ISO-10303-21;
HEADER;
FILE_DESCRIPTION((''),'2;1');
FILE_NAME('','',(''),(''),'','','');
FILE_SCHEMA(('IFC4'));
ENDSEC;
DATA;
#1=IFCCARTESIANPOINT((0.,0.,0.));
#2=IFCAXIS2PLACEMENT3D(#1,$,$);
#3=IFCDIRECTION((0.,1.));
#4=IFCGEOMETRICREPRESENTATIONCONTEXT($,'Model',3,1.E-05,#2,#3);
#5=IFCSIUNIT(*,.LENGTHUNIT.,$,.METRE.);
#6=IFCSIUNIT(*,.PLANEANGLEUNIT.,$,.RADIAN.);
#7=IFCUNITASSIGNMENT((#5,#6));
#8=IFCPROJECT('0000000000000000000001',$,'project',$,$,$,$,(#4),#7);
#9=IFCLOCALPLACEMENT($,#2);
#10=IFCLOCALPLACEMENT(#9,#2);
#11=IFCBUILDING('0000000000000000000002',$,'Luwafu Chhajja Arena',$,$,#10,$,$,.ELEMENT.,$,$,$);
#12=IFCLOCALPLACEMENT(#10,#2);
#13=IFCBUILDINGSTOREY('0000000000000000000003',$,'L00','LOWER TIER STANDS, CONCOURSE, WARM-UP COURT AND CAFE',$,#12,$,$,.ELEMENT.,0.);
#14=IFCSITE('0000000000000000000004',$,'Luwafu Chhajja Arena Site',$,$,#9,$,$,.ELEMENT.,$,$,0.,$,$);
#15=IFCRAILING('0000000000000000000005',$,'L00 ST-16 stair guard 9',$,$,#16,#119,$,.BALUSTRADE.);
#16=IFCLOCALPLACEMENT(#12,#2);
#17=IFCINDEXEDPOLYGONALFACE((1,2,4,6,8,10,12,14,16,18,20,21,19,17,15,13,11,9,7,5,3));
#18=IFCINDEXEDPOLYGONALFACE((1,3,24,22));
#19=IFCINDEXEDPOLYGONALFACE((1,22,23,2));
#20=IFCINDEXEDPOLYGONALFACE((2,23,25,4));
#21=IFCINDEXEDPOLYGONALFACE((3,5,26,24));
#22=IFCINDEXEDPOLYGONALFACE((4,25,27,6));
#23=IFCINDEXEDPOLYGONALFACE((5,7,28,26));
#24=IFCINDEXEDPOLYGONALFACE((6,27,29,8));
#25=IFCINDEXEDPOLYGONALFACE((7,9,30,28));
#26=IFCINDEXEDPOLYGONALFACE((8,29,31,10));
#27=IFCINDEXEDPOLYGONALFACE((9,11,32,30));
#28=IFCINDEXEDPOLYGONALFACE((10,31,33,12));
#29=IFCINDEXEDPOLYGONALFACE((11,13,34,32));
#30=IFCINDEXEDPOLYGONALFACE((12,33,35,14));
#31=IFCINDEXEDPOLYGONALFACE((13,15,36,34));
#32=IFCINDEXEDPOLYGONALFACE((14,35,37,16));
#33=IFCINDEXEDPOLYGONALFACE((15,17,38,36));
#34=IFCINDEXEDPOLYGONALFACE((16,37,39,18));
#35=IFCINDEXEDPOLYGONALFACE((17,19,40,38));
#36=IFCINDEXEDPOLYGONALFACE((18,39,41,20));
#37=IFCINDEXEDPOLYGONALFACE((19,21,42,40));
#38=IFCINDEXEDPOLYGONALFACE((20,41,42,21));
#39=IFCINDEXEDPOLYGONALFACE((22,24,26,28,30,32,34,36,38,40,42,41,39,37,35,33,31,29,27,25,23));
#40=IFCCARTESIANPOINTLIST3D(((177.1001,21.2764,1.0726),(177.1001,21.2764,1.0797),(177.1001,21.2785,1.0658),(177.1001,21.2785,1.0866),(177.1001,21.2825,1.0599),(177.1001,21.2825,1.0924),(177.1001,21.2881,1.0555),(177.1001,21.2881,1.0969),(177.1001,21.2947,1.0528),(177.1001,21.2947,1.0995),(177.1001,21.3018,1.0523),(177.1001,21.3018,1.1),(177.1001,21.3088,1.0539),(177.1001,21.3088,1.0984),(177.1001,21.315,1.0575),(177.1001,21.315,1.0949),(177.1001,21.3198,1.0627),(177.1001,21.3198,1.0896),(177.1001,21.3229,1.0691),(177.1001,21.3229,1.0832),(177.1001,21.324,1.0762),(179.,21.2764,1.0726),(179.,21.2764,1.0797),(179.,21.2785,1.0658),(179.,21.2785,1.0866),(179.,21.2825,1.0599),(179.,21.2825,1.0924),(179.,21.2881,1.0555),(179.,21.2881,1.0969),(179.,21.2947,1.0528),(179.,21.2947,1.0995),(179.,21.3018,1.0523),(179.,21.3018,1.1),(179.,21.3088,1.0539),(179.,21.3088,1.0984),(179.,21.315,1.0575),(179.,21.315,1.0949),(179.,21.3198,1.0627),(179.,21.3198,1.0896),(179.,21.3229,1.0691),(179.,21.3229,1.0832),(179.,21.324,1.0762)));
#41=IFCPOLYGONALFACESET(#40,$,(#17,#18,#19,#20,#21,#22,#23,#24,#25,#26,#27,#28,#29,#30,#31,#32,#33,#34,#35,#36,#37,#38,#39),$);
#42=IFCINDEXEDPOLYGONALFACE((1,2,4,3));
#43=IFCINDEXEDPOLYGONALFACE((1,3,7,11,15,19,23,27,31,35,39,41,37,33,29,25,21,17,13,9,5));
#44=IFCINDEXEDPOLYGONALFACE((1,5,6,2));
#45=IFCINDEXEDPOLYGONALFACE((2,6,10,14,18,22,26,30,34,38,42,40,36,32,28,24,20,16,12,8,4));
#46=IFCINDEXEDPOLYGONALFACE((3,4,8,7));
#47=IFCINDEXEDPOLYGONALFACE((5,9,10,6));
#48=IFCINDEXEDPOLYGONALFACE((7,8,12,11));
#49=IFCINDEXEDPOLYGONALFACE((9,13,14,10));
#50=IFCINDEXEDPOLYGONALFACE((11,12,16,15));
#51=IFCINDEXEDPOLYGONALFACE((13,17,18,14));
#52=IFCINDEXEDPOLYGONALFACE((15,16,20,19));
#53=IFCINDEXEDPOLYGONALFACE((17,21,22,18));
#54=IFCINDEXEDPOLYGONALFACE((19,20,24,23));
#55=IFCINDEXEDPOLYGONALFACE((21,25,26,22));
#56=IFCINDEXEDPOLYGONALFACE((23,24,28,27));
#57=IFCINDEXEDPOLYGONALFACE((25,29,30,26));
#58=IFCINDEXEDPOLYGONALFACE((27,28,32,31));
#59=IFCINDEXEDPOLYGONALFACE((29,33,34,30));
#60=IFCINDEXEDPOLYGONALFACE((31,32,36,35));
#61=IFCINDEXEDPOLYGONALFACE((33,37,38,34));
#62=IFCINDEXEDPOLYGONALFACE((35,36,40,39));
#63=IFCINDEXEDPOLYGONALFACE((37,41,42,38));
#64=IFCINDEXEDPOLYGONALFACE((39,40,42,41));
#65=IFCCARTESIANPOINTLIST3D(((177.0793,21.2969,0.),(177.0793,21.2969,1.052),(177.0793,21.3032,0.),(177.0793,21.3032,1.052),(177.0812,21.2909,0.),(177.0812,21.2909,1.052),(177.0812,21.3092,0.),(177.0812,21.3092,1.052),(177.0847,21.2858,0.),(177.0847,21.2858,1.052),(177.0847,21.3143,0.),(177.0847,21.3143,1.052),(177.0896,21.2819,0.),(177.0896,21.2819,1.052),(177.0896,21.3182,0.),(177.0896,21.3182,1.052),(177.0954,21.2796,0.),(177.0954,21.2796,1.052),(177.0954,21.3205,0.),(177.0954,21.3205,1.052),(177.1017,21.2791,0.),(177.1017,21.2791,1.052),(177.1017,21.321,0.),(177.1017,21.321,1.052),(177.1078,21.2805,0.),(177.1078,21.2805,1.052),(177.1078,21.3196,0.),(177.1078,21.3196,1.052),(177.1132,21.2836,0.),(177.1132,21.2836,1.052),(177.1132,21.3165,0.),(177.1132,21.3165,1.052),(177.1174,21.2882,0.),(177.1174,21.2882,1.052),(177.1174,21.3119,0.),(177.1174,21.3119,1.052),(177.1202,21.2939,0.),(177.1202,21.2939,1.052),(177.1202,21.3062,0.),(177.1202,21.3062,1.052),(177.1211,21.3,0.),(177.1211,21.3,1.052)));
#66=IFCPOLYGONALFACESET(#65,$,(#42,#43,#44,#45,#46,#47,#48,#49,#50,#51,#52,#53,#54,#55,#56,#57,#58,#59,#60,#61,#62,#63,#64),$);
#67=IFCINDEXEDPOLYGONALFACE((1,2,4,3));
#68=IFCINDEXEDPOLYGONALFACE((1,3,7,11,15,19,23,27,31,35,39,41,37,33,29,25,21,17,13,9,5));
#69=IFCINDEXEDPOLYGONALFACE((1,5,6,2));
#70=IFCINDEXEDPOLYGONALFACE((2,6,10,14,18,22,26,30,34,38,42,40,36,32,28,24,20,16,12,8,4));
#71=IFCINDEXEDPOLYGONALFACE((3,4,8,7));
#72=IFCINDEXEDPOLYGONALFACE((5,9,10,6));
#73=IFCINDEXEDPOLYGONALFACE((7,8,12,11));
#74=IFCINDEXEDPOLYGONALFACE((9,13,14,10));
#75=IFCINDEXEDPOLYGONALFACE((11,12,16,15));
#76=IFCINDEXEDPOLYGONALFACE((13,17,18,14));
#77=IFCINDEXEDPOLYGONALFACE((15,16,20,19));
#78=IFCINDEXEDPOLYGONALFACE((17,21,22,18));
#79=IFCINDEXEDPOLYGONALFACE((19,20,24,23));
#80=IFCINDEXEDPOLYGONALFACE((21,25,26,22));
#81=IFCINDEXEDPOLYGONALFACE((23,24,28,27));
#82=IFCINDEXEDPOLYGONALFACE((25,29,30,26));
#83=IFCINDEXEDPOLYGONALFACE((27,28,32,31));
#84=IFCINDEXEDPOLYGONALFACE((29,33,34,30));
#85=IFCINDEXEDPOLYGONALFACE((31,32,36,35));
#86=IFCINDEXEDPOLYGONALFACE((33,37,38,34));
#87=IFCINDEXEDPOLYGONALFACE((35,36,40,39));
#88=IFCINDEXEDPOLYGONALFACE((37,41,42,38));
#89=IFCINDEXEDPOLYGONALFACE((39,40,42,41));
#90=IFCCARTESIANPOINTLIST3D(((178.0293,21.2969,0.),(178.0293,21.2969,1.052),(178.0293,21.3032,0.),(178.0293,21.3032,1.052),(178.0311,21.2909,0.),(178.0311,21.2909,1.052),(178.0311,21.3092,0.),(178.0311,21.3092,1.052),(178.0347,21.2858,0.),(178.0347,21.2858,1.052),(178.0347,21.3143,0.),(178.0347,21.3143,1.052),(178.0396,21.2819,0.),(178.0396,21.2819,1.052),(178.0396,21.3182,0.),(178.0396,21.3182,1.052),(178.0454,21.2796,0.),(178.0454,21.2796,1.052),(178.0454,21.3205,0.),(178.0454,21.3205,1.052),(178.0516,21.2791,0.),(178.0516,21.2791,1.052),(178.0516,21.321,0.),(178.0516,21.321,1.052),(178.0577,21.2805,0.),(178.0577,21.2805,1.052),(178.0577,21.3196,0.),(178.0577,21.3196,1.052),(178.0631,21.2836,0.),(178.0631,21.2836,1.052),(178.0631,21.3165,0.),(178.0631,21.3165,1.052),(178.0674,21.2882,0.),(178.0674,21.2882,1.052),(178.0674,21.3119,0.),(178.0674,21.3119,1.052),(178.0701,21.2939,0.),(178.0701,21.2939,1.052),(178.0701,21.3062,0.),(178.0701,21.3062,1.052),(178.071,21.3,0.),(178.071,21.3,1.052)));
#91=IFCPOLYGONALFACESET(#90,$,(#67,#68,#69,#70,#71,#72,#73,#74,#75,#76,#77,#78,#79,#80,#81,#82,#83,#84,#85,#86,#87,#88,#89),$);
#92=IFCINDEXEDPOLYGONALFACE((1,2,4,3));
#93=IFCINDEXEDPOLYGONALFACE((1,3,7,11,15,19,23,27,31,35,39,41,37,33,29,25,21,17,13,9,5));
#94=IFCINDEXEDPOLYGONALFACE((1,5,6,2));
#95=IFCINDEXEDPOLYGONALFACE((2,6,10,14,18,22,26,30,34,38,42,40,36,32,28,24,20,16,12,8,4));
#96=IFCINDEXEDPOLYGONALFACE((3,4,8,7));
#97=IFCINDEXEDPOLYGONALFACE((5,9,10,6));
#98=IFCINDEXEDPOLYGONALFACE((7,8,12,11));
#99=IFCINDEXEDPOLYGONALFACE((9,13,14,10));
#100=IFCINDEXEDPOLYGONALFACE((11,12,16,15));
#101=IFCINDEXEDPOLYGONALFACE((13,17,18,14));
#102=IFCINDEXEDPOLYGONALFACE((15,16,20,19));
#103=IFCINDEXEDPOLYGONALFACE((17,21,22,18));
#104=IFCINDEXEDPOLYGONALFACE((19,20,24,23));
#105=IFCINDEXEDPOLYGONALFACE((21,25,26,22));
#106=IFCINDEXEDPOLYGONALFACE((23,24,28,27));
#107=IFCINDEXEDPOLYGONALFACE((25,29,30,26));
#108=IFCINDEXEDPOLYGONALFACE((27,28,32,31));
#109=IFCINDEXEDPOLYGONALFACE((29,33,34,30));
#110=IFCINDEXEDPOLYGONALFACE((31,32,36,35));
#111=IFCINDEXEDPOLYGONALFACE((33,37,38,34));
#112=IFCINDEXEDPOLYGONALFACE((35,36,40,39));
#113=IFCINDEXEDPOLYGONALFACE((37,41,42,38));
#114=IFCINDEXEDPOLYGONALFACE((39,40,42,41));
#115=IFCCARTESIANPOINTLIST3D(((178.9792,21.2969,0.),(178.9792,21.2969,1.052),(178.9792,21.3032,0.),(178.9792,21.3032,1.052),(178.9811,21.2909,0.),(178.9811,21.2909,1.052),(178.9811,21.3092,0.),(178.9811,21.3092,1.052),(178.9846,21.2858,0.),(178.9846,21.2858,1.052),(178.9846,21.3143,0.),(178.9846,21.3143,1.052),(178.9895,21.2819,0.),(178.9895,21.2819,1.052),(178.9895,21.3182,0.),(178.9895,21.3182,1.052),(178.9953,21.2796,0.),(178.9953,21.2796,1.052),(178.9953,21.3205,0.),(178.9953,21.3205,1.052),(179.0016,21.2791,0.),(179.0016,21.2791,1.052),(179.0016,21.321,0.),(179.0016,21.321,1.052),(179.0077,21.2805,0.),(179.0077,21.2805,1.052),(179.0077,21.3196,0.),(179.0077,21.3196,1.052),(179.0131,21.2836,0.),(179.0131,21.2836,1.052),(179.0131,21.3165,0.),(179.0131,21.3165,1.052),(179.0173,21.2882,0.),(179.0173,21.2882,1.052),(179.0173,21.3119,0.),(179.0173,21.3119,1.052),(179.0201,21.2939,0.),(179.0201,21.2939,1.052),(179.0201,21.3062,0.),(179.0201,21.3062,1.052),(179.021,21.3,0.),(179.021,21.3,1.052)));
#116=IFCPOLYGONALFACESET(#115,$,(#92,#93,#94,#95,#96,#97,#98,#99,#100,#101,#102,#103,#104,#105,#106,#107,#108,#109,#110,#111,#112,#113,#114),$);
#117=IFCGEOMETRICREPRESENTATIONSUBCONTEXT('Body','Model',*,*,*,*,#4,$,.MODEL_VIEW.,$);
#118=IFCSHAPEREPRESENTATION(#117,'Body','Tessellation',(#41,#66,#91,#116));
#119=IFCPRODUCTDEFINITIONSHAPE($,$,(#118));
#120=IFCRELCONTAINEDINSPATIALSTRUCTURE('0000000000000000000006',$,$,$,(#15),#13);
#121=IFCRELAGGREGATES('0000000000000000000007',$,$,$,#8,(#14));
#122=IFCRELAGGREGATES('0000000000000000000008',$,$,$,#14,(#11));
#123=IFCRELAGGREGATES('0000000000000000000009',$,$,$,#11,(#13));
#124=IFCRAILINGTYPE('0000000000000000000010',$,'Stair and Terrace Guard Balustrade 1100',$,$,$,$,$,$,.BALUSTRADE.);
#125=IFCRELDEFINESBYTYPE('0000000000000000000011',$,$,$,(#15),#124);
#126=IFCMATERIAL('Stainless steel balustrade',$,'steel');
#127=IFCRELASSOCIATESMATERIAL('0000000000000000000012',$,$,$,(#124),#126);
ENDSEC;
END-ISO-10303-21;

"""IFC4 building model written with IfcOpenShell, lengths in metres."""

from ifc_helpers import new_model, si_unit, direction, frame, origin, origin_2d, place, context, subcontext, project, spatial, circle, extrude, material, type_object, element, save


model = new_model("IFC4")

# Units and contexts
model_context = context("Model", 3, precision=1e-05, world=origin(), true_north=direction((0.0, 1.0)))
body_context = subcontext(model_context, "Body", "Model", "MODEL_VIEW")
ifc_project = project(units=[si_unit("LENGTHUNIT", "METRE"), si_unit("PLANEANGLEUNIT", "RADIAN")], contexts=[model_context])

# Site, building, storey
site_placement = place(None, origin())
site = spatial("IfcSite", under=ifc_project, at=site_placement, Name="Luwafu Chhajja Arena Site", CompositionType="ELEMENT", RefElevation=0.0)
building_placement = place(site_placement, origin())
building = spatial("IfcBuilding", under=site, at=building_placement, Name="Luwafu Chhajja Arena", CompositionType="ELEMENT")
storey_placement = place(building_placement, origin())
storey = spatial("IfcBuildingStorey", under=building, at=storey_placement, Name="L00", Description="LOWER TIER STANDS, CONCOURSE, WARM-UP COURT AND CAFE", CompositionType="ELEMENT", Elevation=0.0)

# Railing
ifc_material_1 = material(Name="Stainless steel balustrade", Category="steel")
railing_type_1 = type_object("IfcRailingType", Name="Stair and Terrace Guard Balustrade 1100", PredefinedType="BALUSTRADE", material=ifc_material_1)
for number, where, name in (
    (1, (177.1001, 21.3, 0.0), "L00 ST-16 stair guard 9"),
):
    element("IfcRailing", number, at=place(storey_placement, frame(where)), inside=storey, type_object=railing_type_1, Name=name, PredefinedType="BALUSTRADE", context=body_context, shape_type="SweptSolid", body=[
        extrude(circle(Radius=0.0239, at=origin_2d()), frame((0.0, 0.0, 1.0762), z_axis=(1.0, 0.0, 0.0), x_axis=(0.0, 1.0, 0.0)), (0.0, 0.0, 1.0), 1.8999),
        extrude(circle(Radius=0.021, at=origin_2d()), origin(), (0.0, 0.0, 1.0), 1.052),
        extrude(circle(Radius=0.021, at=origin_2d()), frame((0.95, 0.0, 0.0)), (0.0, 0.0, 1.0), 1.052),
        extrude(circle(Radius=0.021, at=origin_2d()), frame((1.8999, 0.0, 0.0)), (0.0, 0.0, 1.0), 1.052),
    ])

save(model, "model.ifc")
